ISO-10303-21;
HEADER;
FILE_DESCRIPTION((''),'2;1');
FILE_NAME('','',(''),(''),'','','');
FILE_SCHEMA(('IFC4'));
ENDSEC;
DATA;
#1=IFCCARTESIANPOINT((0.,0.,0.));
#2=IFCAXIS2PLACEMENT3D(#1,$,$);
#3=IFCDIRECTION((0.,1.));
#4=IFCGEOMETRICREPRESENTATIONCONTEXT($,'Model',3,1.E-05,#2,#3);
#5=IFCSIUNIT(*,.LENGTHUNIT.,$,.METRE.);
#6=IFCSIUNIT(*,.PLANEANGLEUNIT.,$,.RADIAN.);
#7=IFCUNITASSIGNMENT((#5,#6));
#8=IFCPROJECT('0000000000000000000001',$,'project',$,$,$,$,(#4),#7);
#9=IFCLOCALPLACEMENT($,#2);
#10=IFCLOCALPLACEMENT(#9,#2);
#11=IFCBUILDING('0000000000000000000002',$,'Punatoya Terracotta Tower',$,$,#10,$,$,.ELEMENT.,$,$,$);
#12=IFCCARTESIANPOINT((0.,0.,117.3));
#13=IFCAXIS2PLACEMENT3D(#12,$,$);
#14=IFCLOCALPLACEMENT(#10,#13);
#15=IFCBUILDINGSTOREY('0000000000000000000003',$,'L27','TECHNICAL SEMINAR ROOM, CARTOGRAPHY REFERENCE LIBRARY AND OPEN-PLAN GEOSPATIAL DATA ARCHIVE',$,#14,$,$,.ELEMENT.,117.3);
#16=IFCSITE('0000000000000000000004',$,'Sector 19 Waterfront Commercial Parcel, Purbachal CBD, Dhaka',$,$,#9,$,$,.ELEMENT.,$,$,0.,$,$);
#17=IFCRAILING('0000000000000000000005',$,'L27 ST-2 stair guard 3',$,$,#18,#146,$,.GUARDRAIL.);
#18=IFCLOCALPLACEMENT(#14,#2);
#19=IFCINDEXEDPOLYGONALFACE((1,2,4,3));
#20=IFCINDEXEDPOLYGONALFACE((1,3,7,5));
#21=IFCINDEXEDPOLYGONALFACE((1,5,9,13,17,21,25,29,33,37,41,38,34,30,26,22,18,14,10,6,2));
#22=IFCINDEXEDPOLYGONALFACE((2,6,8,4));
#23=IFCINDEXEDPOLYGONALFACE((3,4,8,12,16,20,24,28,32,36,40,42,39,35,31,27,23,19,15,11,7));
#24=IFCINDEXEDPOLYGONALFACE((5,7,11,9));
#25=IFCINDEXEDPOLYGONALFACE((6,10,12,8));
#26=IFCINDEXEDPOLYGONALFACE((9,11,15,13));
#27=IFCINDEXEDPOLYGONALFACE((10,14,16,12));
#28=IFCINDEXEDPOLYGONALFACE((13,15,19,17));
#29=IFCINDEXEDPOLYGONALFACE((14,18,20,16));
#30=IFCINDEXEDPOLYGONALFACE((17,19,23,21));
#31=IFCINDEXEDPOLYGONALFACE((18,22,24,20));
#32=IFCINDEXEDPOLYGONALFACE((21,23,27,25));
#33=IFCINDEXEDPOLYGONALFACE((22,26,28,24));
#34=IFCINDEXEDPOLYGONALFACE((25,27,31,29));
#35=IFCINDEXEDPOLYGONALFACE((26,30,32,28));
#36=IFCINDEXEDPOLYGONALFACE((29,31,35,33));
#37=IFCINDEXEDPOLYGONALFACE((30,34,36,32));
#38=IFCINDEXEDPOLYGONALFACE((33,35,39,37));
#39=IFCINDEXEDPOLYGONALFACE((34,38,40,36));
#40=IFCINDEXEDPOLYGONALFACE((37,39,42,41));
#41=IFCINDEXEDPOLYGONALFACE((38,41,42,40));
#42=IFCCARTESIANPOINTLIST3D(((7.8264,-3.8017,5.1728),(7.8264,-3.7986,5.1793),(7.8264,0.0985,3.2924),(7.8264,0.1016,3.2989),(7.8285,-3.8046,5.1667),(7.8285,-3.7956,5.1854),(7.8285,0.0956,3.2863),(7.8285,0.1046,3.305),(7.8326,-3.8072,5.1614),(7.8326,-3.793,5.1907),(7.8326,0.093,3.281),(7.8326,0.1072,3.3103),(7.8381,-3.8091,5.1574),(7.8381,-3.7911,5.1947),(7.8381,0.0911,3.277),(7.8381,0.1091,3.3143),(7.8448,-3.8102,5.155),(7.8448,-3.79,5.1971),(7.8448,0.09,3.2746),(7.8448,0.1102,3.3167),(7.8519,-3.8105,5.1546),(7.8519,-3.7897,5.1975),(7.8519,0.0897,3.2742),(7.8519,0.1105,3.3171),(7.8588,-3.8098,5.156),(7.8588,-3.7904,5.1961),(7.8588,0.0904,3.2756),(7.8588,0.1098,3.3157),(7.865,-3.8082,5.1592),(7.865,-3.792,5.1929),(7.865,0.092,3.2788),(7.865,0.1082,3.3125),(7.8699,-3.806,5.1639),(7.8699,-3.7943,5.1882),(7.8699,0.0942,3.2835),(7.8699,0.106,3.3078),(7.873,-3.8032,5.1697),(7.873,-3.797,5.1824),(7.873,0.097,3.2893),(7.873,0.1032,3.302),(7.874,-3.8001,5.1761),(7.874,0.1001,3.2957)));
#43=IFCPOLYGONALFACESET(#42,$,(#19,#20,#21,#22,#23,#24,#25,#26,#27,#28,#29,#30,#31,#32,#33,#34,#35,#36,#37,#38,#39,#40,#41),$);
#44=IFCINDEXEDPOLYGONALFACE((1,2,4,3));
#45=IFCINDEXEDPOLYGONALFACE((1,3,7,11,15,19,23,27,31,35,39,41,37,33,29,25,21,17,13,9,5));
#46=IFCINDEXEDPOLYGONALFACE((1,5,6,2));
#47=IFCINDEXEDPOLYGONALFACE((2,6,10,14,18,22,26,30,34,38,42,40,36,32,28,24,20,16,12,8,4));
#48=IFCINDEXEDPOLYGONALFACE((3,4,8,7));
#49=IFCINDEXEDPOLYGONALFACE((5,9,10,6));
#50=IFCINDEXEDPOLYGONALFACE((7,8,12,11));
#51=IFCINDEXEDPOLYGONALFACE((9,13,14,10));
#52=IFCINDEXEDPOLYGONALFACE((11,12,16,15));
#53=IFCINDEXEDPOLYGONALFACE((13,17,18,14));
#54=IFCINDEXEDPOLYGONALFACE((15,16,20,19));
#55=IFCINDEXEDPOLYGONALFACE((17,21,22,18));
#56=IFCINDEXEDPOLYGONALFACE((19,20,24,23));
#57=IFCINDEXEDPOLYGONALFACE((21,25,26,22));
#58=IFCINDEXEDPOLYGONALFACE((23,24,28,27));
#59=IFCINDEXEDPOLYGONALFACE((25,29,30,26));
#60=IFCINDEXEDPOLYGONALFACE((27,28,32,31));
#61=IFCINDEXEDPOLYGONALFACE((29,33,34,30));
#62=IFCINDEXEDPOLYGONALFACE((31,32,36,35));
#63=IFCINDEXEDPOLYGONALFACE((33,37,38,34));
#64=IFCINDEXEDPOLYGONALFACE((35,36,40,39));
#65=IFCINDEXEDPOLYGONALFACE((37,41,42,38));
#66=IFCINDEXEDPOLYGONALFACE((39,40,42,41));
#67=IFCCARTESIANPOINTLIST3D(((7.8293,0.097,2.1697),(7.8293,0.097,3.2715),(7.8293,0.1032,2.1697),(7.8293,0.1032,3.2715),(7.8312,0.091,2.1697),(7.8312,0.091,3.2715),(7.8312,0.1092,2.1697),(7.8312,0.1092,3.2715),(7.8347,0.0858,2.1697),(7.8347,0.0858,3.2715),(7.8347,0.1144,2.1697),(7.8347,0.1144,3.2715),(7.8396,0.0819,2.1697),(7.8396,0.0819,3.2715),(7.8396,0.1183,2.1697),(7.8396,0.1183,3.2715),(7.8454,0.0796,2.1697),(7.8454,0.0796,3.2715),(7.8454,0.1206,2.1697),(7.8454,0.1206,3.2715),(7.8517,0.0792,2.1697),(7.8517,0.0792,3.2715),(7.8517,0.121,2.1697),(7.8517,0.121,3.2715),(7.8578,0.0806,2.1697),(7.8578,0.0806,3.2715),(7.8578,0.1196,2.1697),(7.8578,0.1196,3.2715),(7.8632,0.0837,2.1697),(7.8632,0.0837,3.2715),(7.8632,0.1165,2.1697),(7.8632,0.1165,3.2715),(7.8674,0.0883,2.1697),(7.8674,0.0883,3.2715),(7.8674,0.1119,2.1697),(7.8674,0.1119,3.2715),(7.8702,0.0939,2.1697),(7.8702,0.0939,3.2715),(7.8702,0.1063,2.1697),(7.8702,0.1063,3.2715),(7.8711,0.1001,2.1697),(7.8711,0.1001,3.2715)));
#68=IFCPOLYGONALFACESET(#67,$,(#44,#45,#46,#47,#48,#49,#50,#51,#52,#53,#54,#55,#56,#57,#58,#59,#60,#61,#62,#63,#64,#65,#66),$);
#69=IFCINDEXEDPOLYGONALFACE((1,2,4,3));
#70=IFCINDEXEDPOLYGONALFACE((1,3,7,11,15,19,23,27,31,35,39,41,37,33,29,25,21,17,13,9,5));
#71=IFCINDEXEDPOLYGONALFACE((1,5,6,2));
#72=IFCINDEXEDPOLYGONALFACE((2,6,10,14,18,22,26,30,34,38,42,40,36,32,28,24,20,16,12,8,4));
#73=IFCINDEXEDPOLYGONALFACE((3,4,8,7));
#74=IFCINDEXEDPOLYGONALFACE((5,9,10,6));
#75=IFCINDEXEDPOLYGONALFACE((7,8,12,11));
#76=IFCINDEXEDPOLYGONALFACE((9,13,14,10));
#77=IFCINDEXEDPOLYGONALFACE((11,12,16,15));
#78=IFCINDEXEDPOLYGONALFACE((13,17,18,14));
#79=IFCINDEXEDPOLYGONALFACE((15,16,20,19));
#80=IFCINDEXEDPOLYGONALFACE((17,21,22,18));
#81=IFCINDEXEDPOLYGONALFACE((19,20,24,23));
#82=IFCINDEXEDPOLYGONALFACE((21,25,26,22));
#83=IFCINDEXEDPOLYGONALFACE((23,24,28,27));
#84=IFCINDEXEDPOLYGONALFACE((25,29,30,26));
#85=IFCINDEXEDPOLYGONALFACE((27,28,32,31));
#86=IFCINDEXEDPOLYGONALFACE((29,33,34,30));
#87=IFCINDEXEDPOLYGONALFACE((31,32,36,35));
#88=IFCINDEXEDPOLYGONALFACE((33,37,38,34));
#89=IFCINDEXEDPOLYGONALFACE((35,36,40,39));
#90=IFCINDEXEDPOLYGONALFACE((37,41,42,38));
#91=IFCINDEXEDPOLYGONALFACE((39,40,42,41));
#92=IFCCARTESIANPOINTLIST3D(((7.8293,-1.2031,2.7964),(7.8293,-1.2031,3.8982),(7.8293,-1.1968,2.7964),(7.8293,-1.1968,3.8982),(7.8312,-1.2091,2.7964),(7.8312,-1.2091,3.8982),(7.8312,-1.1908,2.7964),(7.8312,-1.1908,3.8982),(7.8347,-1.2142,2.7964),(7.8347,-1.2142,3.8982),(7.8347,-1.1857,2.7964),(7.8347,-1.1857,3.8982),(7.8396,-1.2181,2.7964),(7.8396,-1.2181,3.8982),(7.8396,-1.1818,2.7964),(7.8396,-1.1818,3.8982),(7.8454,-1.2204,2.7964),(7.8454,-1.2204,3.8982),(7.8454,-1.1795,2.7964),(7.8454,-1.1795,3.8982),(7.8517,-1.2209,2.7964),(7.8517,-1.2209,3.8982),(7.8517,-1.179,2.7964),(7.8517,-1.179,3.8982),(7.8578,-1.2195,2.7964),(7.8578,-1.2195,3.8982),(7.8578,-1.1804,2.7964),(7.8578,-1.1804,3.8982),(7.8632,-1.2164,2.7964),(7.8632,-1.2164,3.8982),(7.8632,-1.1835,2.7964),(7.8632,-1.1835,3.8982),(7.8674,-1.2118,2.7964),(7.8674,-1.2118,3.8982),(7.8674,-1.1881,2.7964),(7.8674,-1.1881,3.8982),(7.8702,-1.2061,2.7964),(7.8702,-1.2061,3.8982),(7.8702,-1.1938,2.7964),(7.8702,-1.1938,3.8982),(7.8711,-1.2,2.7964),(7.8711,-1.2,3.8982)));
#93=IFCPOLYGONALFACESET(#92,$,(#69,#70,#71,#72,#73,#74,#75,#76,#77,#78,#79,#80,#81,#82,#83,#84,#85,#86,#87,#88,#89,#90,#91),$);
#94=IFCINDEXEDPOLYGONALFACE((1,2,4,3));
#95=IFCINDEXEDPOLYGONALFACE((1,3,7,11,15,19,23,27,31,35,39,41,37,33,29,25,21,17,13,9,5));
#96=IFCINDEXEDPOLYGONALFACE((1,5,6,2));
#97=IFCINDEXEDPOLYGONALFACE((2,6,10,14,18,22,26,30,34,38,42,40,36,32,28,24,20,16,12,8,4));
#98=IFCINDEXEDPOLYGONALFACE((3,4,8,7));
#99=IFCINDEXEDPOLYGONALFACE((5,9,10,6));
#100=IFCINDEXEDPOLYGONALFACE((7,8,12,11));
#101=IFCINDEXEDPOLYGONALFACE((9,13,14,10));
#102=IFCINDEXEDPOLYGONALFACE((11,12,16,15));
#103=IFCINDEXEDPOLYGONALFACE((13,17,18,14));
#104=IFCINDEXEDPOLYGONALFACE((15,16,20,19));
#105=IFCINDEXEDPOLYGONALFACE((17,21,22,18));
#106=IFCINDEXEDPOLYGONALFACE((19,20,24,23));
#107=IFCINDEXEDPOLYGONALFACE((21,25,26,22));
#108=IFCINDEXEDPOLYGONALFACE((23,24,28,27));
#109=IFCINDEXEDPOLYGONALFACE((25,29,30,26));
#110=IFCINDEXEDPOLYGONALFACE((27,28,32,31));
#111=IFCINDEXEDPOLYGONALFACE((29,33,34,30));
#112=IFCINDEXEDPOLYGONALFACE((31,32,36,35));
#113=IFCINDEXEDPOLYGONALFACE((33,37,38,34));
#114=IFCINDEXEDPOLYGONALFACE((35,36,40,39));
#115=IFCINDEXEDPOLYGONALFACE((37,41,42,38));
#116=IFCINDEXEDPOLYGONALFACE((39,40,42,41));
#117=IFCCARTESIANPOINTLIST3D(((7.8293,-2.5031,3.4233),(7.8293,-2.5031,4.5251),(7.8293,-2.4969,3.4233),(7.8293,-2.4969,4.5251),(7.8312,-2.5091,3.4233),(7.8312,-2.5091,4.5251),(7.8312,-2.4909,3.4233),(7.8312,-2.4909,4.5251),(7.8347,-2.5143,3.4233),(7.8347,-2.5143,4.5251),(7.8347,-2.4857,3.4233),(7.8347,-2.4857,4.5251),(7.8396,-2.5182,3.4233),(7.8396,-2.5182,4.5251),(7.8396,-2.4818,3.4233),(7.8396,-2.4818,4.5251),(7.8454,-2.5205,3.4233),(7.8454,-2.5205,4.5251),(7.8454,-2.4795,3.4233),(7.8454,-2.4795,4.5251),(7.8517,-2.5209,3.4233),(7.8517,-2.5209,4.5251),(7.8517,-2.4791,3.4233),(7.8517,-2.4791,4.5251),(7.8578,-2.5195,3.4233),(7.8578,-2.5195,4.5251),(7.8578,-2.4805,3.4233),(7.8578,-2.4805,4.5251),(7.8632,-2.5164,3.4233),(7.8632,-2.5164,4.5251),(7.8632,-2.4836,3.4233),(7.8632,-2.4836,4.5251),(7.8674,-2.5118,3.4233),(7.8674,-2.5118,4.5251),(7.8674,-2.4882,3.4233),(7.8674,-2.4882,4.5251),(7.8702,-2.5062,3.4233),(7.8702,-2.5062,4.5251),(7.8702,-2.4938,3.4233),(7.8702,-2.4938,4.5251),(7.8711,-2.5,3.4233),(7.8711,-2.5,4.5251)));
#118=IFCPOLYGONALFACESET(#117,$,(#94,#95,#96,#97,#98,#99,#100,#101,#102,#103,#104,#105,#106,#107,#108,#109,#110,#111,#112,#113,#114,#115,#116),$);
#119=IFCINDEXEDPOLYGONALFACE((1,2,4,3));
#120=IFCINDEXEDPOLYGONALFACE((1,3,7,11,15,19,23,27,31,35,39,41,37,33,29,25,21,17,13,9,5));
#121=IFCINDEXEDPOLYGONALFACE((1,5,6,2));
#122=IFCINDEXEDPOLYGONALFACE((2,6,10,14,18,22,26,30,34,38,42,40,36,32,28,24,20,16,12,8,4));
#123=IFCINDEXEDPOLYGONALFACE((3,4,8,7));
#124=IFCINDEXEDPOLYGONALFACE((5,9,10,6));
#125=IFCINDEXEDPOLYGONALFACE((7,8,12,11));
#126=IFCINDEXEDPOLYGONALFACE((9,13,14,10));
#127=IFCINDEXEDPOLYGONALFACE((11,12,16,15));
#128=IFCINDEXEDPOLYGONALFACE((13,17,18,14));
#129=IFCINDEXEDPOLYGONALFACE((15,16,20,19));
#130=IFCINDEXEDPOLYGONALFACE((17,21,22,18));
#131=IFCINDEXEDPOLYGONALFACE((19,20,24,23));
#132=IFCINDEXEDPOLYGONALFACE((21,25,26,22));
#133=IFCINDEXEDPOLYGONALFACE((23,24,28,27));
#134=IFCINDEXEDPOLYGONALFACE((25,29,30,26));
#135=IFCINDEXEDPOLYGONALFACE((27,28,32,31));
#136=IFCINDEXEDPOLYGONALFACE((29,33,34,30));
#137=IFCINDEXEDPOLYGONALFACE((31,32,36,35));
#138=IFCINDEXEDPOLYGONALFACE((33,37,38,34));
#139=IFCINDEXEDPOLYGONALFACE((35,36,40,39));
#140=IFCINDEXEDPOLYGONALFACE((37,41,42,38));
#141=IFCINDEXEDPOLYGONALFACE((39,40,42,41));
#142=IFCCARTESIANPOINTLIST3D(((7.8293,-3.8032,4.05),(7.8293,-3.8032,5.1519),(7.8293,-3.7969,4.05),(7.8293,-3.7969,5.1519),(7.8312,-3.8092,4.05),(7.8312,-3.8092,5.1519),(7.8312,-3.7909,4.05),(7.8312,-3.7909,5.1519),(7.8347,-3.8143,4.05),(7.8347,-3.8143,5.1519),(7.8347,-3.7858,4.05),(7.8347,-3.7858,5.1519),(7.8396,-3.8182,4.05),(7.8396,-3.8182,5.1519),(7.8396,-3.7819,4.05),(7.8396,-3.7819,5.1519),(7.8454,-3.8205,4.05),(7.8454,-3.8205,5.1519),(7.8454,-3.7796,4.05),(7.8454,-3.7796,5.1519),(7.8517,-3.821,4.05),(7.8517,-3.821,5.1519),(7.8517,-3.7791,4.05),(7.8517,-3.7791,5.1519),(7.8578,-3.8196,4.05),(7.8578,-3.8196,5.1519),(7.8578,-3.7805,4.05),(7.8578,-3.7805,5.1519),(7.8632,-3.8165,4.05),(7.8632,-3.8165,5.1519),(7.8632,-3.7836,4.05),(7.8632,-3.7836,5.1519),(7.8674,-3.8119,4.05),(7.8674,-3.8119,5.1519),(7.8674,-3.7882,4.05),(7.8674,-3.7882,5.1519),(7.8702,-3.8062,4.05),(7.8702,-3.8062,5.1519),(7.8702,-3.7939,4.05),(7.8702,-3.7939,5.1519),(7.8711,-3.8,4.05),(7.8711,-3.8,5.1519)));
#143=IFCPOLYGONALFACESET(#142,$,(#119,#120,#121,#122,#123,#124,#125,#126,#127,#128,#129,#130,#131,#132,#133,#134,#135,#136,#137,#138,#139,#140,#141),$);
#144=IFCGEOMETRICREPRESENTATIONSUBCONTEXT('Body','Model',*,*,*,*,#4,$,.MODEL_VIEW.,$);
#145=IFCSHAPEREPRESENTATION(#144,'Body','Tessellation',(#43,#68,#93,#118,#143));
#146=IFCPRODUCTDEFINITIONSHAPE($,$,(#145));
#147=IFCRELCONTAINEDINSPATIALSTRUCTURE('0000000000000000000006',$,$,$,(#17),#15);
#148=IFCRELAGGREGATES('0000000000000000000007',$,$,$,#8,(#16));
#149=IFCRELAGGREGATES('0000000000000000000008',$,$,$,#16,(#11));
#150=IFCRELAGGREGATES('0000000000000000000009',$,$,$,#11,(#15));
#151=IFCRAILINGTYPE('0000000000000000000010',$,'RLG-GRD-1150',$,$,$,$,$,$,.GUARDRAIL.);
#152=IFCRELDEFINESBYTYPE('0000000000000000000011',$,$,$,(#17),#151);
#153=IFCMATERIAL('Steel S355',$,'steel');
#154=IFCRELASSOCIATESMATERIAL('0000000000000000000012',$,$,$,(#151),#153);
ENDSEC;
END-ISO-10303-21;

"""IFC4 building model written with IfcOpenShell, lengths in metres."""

from ifc_helpers import new_model, si_unit, direction, frame, origin, origin_2d, place, context, subcontext, project, spatial, circle, extrude, material, type_object, element, save


model = new_model("IFC4")

# Units and contexts
model_context = context("Model", 3, precision=1e-05, world=origin(), true_north=direction((0.0, 1.0)))
body_context = subcontext(model_context, "Body", "Model", "MODEL_VIEW")
ifc_project = project(units=[si_unit("LENGTHUNIT", "METRE"), si_unit("PLANEANGLEUNIT", "RADIAN")], contexts=[model_context])

# Site, building, storey
site_placement = place(None, origin())
site = spatial("IfcSite", under=ifc_project, at=site_placement, Name="Sector 19 Waterfront Commercial Parcel, Purbachal CBD, Dhaka", CompositionType="ELEMENT", RefElevation=0.0)
building_placement = place(site_placement, origin())
building = spatial("IfcBuilding", under=site, at=building_placement, Name="Punatoya Terracotta Tower", CompositionType="ELEMENT")
storey_placement = place(building_placement, frame((0.0, 0.0, 117.3)))
storey = spatial("IfcBuildingStorey", under=building, at=storey_placement, Name="L27", Description="TECHNICAL SEMINAR ROOM, CARTOGRAPHY REFERENCE LIBRARY AND OPEN-PLAN GEOSPATIAL DATA ARCHIVE", CompositionType="ELEMENT", Elevation=117.3)

# Shared definitions
ifc_material_1 = material(Name="Steel S355", Category="steel")

# Railing
railing_type_1 = type_object("IfcRailingType", Name="RLG-GRD-1150", PredefinedType="GUARDRAIL", material=ifc_material_1)
railing_1_placement = place(storey_placement, frame((7.8501, 0.1001, 2.1697)))
element("IfcRailing", 1, at=railing_1_placement, inside=storey, type_object=railing_type_1, Name="L27 ST-2 stair guard 3", PredefinedType="GUARDRAIL", context=body_context, shape_type="SweptSolid", body=[
    extrude(circle(Radius=0.0239, at=origin_2d()), frame((0.0, 0.0, 1.126), z_axis=(0.0, -0.900774, 0.434289), x_axis=(1.0, 0.0, 0.0)), (0.0, 0.0, 1.0), 4.3298),
    extrude(circle(Radius=0.021, at=origin_2d()), origin(), (0.0, 0.0, 1.0), 1.1018),
    extrude(circle(Radius=0.021, at=origin_2d()), frame((0.0, -1.3, 0.6267)), (0.0, 0.0, 1.0), 1.1018),
    extrude(circle(Radius=0.021, at=origin_2d()), frame((0.0, -2.6001, 1.2537)), (0.0, 0.0, 1.0), 1.1018),
    extrude(circle(Radius=0.021, at=origin_2d()), frame((0.0, -3.9001, 1.8804)), (0.0, 0.0, 1.0), 1.1018),
])

save(model, "model.ifc")
